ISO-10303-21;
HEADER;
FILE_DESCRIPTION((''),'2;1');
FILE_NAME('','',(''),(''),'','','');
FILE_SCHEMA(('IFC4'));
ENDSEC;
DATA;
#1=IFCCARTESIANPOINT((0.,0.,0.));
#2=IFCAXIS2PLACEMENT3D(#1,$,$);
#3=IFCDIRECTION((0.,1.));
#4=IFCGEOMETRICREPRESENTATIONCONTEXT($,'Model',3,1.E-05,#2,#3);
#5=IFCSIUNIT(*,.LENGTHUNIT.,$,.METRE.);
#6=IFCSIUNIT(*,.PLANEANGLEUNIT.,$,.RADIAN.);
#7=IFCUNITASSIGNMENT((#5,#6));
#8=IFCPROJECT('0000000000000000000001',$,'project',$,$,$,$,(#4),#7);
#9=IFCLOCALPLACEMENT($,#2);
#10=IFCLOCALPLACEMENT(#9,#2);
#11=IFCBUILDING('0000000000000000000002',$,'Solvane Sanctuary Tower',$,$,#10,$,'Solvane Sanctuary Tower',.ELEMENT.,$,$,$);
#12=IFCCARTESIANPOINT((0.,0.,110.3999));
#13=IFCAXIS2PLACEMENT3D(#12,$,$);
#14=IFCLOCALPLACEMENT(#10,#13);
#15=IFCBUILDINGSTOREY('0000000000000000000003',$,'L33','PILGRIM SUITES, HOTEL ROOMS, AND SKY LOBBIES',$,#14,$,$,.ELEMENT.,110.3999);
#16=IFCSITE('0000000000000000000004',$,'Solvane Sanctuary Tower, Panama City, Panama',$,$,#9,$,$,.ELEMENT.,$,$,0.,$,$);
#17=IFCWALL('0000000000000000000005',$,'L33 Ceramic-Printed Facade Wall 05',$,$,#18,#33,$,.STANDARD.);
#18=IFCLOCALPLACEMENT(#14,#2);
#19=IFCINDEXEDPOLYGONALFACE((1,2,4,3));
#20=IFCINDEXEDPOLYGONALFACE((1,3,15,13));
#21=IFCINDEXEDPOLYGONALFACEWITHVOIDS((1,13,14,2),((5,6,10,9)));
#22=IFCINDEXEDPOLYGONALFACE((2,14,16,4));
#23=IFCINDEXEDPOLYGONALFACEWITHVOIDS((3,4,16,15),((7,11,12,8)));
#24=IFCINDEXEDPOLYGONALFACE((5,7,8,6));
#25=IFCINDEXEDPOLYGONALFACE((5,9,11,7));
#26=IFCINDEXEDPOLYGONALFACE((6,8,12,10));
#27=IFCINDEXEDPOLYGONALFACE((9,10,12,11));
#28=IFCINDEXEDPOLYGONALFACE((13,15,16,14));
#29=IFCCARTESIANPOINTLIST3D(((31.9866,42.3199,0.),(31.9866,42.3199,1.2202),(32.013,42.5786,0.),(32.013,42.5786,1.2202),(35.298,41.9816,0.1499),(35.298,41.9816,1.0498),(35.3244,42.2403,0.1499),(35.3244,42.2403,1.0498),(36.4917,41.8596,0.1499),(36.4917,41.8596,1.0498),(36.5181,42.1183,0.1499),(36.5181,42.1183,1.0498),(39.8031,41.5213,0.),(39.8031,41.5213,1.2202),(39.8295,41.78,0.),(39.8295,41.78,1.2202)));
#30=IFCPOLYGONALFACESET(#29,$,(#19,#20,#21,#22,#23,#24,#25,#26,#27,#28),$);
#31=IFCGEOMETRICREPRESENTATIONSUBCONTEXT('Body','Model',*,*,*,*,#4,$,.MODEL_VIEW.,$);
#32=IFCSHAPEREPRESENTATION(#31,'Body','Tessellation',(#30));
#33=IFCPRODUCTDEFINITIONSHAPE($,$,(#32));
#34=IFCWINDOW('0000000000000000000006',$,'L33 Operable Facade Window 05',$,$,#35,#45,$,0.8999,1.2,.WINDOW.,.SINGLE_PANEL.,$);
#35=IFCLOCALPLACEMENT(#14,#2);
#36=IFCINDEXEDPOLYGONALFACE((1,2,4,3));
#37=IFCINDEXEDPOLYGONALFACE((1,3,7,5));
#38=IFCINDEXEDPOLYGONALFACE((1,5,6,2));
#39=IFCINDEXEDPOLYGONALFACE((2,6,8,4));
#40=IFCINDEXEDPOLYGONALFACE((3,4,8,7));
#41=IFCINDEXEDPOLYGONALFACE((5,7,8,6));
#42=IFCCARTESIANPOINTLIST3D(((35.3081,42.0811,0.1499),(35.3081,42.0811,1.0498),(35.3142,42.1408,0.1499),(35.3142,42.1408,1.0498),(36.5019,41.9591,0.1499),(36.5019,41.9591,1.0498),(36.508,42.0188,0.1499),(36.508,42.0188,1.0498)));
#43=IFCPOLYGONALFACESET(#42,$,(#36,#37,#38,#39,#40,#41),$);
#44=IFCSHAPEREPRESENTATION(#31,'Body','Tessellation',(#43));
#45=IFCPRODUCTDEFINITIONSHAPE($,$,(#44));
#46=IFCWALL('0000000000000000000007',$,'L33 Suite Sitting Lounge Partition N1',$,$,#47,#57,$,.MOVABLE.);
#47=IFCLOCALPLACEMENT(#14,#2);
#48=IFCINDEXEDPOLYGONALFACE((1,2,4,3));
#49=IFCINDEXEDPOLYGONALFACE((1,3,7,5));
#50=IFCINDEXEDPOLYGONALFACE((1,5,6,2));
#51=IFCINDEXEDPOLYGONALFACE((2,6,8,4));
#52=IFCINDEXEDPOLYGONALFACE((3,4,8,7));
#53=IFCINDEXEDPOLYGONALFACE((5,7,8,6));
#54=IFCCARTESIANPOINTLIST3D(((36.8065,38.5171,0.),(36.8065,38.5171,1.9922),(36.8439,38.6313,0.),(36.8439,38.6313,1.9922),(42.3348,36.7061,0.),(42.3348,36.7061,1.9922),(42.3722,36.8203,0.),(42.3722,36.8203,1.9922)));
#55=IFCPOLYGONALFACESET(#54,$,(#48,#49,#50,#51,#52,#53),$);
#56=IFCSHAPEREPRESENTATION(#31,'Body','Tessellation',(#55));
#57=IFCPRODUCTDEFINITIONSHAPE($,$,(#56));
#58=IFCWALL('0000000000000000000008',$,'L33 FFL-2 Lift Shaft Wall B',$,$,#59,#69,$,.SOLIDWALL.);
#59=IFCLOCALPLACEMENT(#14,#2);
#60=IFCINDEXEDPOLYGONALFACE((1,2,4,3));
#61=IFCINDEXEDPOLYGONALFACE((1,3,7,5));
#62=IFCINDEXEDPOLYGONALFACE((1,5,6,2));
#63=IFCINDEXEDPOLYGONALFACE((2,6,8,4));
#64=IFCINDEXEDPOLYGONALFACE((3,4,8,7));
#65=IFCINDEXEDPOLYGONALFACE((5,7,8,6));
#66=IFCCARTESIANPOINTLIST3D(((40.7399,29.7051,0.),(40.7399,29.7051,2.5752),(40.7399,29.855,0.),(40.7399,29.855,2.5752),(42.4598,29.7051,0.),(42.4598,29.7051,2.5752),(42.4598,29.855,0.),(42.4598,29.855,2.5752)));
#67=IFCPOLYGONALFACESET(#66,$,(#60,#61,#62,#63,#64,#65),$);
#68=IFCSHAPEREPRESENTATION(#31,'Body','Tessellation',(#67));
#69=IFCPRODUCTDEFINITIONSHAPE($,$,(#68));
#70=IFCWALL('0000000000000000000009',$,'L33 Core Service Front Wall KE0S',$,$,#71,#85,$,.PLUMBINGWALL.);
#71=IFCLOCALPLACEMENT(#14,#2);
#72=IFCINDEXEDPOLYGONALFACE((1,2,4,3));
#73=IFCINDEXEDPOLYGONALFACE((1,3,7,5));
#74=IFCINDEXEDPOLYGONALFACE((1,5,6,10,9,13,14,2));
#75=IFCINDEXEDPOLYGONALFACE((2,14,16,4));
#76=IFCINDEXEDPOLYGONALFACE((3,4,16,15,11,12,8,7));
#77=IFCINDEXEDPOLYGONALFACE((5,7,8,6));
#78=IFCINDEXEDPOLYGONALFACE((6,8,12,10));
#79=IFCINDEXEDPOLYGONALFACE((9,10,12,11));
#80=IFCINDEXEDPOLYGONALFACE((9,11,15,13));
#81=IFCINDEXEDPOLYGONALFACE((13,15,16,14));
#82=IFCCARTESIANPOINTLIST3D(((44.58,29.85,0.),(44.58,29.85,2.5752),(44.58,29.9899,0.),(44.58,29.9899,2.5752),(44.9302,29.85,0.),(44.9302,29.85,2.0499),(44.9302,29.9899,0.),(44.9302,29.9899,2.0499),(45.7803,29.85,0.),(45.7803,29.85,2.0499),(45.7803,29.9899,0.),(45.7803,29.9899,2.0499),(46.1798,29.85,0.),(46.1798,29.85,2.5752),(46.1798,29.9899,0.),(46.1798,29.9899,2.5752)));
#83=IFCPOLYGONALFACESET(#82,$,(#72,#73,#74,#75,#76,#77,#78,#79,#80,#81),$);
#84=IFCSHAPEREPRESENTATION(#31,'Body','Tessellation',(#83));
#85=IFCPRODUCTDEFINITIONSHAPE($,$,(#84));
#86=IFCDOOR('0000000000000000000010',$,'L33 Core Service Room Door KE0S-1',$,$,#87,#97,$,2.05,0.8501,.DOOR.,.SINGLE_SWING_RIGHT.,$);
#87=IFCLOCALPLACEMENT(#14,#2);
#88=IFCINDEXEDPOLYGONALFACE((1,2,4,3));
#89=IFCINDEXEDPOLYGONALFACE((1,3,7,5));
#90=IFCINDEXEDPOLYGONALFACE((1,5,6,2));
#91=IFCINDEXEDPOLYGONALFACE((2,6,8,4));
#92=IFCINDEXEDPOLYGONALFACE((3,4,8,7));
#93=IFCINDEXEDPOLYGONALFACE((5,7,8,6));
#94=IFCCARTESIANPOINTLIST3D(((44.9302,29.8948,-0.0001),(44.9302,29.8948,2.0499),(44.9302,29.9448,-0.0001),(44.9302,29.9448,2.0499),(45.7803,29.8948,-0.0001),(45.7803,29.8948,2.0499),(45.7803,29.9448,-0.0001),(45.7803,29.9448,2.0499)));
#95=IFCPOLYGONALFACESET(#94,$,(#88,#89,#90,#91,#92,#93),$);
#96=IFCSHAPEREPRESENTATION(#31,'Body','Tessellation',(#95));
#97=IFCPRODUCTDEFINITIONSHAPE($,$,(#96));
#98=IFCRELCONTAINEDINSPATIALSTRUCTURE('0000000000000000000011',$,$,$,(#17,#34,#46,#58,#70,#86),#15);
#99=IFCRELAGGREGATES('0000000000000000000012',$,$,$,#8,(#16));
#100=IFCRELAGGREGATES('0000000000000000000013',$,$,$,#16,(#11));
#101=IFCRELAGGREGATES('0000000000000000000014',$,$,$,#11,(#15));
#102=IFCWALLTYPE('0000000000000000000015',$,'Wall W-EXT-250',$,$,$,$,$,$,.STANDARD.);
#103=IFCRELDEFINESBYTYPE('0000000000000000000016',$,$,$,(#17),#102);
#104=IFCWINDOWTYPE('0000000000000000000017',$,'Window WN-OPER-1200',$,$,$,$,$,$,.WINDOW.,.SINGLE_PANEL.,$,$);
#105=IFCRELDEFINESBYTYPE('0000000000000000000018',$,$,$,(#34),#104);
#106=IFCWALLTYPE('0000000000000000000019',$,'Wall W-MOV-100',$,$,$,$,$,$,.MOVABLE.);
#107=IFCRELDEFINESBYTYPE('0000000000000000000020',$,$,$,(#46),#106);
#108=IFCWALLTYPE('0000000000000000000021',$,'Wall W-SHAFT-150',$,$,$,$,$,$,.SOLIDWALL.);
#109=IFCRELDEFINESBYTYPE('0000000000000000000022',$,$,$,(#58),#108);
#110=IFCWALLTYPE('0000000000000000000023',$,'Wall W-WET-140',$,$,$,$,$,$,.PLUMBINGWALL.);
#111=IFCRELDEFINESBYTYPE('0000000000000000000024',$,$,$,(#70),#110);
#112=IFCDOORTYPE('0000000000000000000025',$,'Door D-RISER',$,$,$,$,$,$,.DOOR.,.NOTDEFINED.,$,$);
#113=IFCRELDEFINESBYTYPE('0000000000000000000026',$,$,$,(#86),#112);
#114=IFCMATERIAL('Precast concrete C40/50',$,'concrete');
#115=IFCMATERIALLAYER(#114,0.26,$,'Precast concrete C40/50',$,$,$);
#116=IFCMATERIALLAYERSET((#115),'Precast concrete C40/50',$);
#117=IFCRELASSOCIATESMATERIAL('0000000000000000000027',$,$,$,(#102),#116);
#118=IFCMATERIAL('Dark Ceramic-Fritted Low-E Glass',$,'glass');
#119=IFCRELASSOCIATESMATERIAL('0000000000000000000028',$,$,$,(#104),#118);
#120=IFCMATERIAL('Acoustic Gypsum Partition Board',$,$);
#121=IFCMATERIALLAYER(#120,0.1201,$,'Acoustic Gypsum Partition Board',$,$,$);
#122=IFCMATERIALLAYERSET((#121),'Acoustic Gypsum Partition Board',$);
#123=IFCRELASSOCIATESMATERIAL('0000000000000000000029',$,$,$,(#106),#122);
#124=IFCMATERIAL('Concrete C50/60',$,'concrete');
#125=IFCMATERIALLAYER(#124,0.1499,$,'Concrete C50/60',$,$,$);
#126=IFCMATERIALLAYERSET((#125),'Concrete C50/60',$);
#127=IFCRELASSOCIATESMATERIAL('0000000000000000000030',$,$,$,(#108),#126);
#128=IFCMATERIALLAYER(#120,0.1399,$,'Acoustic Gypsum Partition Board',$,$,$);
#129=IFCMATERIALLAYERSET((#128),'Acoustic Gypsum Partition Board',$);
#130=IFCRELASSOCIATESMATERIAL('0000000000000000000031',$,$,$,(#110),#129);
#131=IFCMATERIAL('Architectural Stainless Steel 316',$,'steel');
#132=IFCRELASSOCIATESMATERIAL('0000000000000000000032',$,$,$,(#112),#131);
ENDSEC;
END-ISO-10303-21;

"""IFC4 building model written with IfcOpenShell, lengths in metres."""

from ifc_helpers import new_model, si_unit, direction, frame, frame_2d, origin, place, context, subcontext, project, spatial, rectangle, extrude, material, layer, layer_set, type_object, element, fill, save


model = new_model("IFC4")

# Units and contexts
model_context = context("Model", 3, precision=1e-05, world=origin(), true_north=direction((0.0, 1.0)))
body_context = subcontext(model_context, "Body", "Model", "MODEL_VIEW")
ifc_project = project(units=[si_unit("LENGTHUNIT", "METRE"), si_unit("PLANEANGLEUNIT", "RADIAN")], contexts=[model_context])

# Site, building, storey
site_placement = place(None, origin())
site = spatial("IfcSite", under=ifc_project, at=site_placement, Name="Solvane Sanctuary Tower, Panama City, Panama", CompositionType="ELEMENT", RefElevation=0.0)
building_placement = place(site_placement, origin())
building = spatial("IfcBuilding", under=site, at=building_placement, Name="Solvane Sanctuary Tower", LongName="Solvane Sanctuary Tower", CompositionType="ELEMENT")
storey_placement = place(building_placement, frame((0.0, 0.0, 110.3999)))
storey = spatial("IfcBuildingStorey", under=building, at=storey_placement, Name="L33", Description="PILGRIM SUITES, HOTEL ROOMS, AND SKY LOBBIES", CompositionType="ELEMENT", Elevation=110.3999)

# Shared definitions
ifc_material_1 = material(Name="Acoustic Gypsum Partition Board")

# Shared definitions
ifc_material_2 = material(Name="Precast concrete C40/50", Category="concrete")
ifc_layer_1 = layer(ifc_material_2, 0.26, Name="Precast concrete C40/50")
ifc_layer_set_1 = layer_set([ifc_layer_1], Name="Precast concrete C40/50")
wall_type_1 = type_object("IfcWallType", Name="Wall W-EXT-250", PredefinedType="STANDARD", material=ifc_layer_set_1)
ifc_material_3 = material(Name="Dark Ceramic-Fritted Low-E Glass", Category="glass")
window_type = type_object("IfcWindowType", Name="Window WN-OPER-1200", PartitioningType="SINGLE_PANEL", PredefinedType="WINDOW", material=ifc_material_3)

# Wall, opening, window
wall_1_placement = place(storey_placement, frame((39.8164, 41.6506, 0.0), z_axis=(0.0, 0.0, 1.0), x_axis=(-0.994821, 0.101639, 0.0)))
wall_1 = element("IfcWall", 1, at=wall_1_placement, inside=storey, type_object=wall_type_1, Name="L33 Ceramic-Printed Facade Wall 05", PredefinedType="STANDARD", context=body_context, shape_type="SweptSolid", body=[
    extrude(rectangle(XDim=7.8572, YDim=0.26, at=frame_2d((3.9287, 0.0))), origin(), (0.0, 0.0, 1.0), 1.2202),
])
opening_1_placement = place(wall_1_placement, frame((3.3286, 0.0, 0.1499)))
opening_1 = element("IfcOpeningElement", 2, at=opening_1_placement, cuts=wall_1, PredefinedType="OPENING", context=body_context, shape_type="SweptSolid", body=[
    extrude(rectangle(XDim=1.2, YDim=0.8999, at=frame_2d((0.6001, 0.45))), frame((0.0, 0.1399, 0.0), z_axis=(0.0, -1.0, 0.0), x_axis=(1.0, 0.0, 0.0)), (0.0, 0.0, 1.0), 0.28),
])
window_1_placement = place(opening_1_placement, origin())
window_1 = element("IfcWindow", 3, at=window_1_placement, inside=storey, type_object=window_type, Name="L33 Operable Facade Window 05", OverallHeight=0.8999, OverallWidth=1.2, PartitioningType="SINGLE_PANEL", PredefinedType="WINDOW", context=body_context, shape_type="SweptSolid", body=[
    extrude(rectangle(XDim=1.2, YDim=0.8999, at=frame_2d((0.6001, 0.45))), frame((0.0, 0.03, 0.0), z_axis=(0.0, -1.0, 0.0), x_axis=(1.0, 0.0, 0.0)), (0.0, 0.0, 1.0), 0.0601),
])
fill(opening_1, window_1)

# Walls
ifc_layer_2 = layer(ifc_material_1, 0.1201, Name="Acoustic Gypsum Partition Board")
ifc_layer_set_2 = layer_set([ifc_layer_2], Name="Acoustic Gypsum Partition Board")
wall_type_2 = type_object("IfcWallType", Name="Wall W-MOV-100", PredefinedType="MOVABLE", material=ifc_layer_set_2)
wall_2_placement = place(storey_placement, frame((42.3535, 36.7632, 0.0), z_axis=(0.0, 0.0, 1.0), x_axis=(-0.950307, 0.311313, 0.0)))
element("IfcWall", 4, at=wall_2_placement, inside=storey, type_object=wall_type_2, Name="L33 Suite Sitting Lounge Partition N1", PredefinedType="MOVABLE", context=body_context, shape_type="SweptSolid", body=[
    extrude(rectangle(XDim=5.8174, YDim=0.1201, at=frame_2d((2.9087, 0.0))), origin(), (0.0, 0.0, 1.0), 1.9922),
])
ifc_material_4 = material(Name="Concrete C50/60", Category="concrete")
ifc_layer_3 = layer(ifc_material_4, 0.1499, Name="Concrete C50/60")
ifc_layer_set_3 = layer_set([ifc_layer_3], Name="Concrete C50/60")
wall_type_3 = type_object("IfcWallType", Name="Wall W-SHAFT-150", PredefinedType="SOLIDWALL", material=ifc_layer_set_3)
wall_3_placement = place(storey_placement, frame((40.74, 29.78, 0.0), z_axis=(0.0, 0.0, 1.0), x_axis=(1.0, 0.0, 0.0)))
element("IfcWall", 5, at=wall_3_placement, inside=storey, type_object=wall_type_3, Name="L33 FFL-2 Lift Shaft Wall B", PredefinedType="SOLIDWALL", context=body_context, shape_type="SweptSolid", body=[
    extrude(rectangle(XDim=1.72, YDim=0.1499, at=frame_2d((0.8599, 0.0))), origin(), (0.0, 0.0, 1.0), 2.5752),
])

# Wall, opening, door
ifc_layer_4 = layer(ifc_material_1, 0.1399, Name="Acoustic Gypsum Partition Board")
ifc_layer_set_4 = layer_set([ifc_layer_4], Name="Acoustic Gypsum Partition Board")
wall_type_4 = type_object("IfcWallType", Name="Wall W-WET-140", PredefinedType="PLUMBINGWALL", material=ifc_layer_set_4)
wall_4_placement = place(storey_placement, frame((44.5801, 29.9199, 0.0), z_axis=(0.0, 0.0, 1.0), x_axis=(1.0, 0.0, 0.0)))
wall_4 = element("IfcWall", 6, at=wall_4_placement, inside=storey, type_object=wall_type_4, Name="L33 Core Service Front Wall KE0S", PredefinedType="PLUMBINGWALL", context=body_context, shape_type="SweptSolid", body=[
    extrude(rectangle(XDim=1.5999, YDim=0.1399, at=frame_2d((0.7998, 0.0))), origin(), (0.0, 0.0, 1.0), 2.5752),
])
opening_2_placement = place(wall_4_placement, frame((0.3501, 0.0, 0.0)))
opening_2 = element("IfcOpeningElement", 7, at=opening_2_placement, cuts=wall_4, PredefinedType="OPENING", context=body_context, shape_type="SweptSolid", body=[
    extrude(rectangle(XDim=0.8501, YDim=2.05, at=frame_2d((0.425, 1.0249))), frame((0.0, 0.0798, 0.0), z_axis=(0.0, -1.0, 0.0), x_axis=(1.0, 0.0, 0.0)), (0.0, 0.0, 1.0), 0.1599),
])
ifc_material_5 = material(Name="Architectural Stainless Steel 316", Category="steel")
door_type_1 = type_object("IfcDoorType", Name="Door D-RISER", OperationType="NOTDEFINED", PredefinedType="DOOR", material=ifc_material_5)
door_1_placement = place(opening_2_placement, origin())
door_1 = element("IfcDoor", 8, at=door_1_placement, inside=storey, type_object=door_type_1, Name="L33 Core Service Room Door KE0S-1", OperationType="SINGLE_SWING_RIGHT", OverallHeight=2.05, OverallWidth=0.8501, PredefinedType="DOOR", context=body_context, shape_type="SweptSolid", body=[
    extrude(rectangle(XDim=0.8501, YDim=2.05, at=frame_2d((0.425, 1.0249))), frame((0.0, 0.0249, 0.0), z_axis=(0.0, -1.0, 0.0), x_axis=(1.0, 0.0, 0.0)), (0.0, 0.0, 1.0), 0.05),
])
fill(opening_2, door_1)

save(model, "model.ifc")
